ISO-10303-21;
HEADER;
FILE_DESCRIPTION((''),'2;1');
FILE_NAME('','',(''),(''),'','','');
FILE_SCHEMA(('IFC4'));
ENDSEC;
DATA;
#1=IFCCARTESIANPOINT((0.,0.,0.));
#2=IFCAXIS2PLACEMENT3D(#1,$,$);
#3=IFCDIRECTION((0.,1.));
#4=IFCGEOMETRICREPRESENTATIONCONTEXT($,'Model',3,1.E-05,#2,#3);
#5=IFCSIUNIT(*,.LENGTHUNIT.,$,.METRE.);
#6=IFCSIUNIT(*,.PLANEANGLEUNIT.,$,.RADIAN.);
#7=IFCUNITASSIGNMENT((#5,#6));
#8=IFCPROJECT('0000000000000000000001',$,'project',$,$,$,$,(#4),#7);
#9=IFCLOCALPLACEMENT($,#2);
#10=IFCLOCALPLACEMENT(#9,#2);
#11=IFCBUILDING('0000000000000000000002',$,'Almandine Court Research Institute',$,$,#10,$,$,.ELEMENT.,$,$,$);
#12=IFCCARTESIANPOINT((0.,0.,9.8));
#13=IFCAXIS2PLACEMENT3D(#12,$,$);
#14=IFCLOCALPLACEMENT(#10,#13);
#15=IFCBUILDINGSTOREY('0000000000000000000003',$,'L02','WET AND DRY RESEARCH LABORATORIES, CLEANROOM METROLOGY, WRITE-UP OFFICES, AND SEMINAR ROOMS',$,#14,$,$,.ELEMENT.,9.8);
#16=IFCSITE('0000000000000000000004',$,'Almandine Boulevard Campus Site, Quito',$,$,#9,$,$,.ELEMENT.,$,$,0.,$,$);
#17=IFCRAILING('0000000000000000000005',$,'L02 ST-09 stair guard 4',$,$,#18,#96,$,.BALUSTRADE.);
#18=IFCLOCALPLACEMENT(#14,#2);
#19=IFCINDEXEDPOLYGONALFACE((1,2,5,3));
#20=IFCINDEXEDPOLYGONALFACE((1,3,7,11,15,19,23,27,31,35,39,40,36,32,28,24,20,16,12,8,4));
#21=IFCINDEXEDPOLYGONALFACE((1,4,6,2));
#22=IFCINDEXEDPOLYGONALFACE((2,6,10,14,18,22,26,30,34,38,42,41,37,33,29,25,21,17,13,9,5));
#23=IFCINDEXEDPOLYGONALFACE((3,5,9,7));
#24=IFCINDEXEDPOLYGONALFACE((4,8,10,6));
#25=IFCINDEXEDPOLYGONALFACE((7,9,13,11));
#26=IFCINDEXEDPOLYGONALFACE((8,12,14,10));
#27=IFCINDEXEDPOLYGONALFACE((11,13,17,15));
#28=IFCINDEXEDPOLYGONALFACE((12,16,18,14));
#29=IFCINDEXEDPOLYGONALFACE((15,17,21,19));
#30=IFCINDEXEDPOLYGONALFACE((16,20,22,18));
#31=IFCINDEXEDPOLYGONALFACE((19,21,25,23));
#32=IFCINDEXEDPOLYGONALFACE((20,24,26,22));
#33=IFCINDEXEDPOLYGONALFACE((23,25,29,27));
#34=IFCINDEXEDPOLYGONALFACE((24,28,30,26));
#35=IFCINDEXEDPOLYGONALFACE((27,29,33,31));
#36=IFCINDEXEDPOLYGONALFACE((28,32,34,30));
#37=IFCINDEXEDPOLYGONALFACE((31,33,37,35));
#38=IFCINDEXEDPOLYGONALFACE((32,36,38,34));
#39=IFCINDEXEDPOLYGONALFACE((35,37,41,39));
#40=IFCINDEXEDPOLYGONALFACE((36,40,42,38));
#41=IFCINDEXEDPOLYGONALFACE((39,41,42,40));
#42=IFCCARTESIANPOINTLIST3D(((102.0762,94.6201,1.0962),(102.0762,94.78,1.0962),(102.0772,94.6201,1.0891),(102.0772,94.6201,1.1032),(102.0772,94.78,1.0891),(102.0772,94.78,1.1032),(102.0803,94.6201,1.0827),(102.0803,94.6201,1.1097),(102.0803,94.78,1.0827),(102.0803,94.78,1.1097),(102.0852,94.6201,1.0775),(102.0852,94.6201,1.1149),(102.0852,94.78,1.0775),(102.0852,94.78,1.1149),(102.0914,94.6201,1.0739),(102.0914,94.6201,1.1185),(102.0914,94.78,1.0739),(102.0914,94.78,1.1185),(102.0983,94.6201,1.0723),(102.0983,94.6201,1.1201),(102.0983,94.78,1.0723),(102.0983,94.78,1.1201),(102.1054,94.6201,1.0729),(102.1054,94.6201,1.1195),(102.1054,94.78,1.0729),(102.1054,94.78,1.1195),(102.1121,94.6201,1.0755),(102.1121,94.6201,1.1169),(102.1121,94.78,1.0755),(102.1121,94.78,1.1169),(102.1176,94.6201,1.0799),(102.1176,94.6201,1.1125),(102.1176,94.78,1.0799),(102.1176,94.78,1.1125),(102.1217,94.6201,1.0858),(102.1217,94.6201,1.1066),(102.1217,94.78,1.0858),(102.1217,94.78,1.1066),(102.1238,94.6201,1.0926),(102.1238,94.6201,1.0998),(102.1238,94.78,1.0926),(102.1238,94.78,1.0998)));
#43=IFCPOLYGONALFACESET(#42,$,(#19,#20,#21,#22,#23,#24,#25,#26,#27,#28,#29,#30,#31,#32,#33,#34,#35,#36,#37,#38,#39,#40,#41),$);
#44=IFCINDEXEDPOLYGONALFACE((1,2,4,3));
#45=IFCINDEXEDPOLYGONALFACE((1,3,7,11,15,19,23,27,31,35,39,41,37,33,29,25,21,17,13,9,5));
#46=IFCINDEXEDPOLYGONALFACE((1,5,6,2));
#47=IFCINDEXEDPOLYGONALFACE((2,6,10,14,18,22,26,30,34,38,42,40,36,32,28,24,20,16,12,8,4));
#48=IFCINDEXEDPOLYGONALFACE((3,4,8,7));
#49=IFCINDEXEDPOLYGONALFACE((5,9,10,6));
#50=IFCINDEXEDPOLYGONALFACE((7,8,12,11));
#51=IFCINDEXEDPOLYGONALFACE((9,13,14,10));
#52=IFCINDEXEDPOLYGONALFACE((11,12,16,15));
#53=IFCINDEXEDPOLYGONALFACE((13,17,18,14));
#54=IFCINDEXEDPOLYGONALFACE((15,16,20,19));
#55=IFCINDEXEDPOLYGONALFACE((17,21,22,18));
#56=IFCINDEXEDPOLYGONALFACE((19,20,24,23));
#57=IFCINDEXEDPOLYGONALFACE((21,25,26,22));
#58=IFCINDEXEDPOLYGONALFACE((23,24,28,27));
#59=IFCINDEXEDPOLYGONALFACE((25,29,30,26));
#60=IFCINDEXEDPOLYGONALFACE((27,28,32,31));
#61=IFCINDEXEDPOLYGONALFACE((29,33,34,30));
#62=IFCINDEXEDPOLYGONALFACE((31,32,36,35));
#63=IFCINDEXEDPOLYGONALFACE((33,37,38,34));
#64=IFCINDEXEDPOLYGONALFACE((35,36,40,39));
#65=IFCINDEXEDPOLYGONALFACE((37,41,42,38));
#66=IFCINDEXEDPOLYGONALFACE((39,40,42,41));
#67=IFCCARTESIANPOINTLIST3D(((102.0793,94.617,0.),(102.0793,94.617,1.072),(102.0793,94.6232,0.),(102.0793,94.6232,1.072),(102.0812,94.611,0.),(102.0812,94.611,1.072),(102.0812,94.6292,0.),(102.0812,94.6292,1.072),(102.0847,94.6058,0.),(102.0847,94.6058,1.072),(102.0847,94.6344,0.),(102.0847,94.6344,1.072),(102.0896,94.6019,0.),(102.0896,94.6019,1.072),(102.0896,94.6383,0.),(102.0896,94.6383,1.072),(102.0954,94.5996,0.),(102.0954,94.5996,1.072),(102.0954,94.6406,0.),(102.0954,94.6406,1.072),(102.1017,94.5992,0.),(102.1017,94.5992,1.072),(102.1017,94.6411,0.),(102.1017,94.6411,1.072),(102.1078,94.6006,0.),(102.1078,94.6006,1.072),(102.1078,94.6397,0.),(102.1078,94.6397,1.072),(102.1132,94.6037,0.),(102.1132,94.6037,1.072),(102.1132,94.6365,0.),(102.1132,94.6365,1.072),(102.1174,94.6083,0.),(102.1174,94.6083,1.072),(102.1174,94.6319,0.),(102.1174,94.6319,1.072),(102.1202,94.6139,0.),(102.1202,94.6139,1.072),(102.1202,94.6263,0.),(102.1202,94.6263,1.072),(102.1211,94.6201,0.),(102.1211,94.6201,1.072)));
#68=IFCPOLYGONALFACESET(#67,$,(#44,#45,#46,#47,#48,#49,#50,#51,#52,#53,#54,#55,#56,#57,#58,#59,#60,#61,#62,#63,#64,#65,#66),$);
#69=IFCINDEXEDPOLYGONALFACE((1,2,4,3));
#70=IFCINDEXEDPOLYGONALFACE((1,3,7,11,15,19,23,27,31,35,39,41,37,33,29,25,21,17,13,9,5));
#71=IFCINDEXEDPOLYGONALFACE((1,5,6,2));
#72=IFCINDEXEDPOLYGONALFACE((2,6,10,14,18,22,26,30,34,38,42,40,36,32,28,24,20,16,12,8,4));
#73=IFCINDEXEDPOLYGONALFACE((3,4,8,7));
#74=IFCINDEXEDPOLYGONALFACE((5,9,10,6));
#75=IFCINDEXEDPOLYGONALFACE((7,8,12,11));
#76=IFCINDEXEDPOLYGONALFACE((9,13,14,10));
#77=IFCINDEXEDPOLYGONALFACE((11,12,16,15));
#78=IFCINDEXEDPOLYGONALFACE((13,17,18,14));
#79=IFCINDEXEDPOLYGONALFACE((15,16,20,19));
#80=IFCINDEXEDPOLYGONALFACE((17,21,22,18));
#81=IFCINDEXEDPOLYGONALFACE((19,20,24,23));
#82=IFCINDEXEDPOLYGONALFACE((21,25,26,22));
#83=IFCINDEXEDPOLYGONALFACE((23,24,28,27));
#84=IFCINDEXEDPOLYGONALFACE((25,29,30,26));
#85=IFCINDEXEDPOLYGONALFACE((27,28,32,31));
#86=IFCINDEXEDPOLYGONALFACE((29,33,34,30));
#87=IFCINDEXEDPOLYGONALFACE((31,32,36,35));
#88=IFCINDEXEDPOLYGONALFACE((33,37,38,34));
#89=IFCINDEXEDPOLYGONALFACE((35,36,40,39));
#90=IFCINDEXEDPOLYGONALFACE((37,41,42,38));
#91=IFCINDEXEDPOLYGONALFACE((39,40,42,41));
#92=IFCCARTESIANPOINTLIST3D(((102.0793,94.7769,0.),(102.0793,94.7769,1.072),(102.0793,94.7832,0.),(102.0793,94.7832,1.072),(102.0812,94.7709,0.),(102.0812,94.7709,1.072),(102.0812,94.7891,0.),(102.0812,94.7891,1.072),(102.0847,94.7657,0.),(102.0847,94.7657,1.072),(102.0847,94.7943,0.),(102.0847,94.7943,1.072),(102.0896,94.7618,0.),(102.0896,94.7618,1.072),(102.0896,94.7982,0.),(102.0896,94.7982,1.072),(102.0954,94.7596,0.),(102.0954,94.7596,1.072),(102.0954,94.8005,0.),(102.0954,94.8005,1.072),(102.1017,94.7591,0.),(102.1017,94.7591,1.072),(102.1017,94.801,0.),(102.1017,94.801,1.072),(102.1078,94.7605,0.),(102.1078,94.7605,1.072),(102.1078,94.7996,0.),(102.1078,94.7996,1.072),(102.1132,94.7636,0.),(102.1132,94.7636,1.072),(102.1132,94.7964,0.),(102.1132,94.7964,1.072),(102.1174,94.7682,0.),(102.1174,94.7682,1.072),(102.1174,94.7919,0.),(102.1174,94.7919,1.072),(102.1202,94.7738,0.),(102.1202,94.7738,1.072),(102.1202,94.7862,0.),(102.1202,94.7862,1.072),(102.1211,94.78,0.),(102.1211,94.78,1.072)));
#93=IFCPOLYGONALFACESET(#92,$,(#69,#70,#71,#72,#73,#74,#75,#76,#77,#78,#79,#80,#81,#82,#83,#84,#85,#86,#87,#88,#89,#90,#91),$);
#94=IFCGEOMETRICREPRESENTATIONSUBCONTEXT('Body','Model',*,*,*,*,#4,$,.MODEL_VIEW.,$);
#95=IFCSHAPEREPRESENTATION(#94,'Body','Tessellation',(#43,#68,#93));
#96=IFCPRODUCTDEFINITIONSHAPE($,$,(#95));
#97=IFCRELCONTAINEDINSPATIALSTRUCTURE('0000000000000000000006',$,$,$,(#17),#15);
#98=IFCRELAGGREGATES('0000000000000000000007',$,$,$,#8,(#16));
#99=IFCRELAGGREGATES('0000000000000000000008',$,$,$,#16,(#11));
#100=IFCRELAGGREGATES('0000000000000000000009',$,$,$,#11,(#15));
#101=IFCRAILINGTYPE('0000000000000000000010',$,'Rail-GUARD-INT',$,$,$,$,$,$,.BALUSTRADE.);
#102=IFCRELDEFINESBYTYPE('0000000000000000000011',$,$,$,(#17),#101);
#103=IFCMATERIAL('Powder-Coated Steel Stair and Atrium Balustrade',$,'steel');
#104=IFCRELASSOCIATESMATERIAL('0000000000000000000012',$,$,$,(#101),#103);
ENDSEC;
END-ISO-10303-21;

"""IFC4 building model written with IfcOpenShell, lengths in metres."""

from ifc_helpers import new_model, si_unit, direction, frame, origin, origin_2d, place, context, subcontext, project, spatial, circle, extrude, material, type_object, element, save


model = new_model("IFC4")

# Units and contexts
model_context = context("Model", 3, precision=1e-05, world=origin(), true_north=direction((0.0, 1.0)))
body_context = subcontext(model_context, "Body", "Model", "MODEL_VIEW")
ifc_project = project(units=[si_unit("LENGTHUNIT", "METRE"), si_unit("PLANEANGLEUNIT", "RADIAN")], contexts=[model_context])

# Site, building, storey
site_placement = place(None, origin())
site = spatial("IfcSite", under=ifc_project, at=site_placement, Name="Almandine Boulevard Campus Site, Quito", CompositionType="ELEMENT", RefElevation=0.0)
building_placement = place(site_placement, origin())
building = spatial("IfcBuilding", under=site, at=building_placement, Name="Almandine Court Research Institute", CompositionType="ELEMENT")
storey_placement = place(building_placement, frame((0.0, 0.0, 9.8)))
storey = spatial("IfcBuildingStorey", under=building, at=storey_placement, Name="L02", Description="WET AND DRY RESEARCH LABORATORIES, CLEANROOM METROLOGY, WRITE-UP OFFICES, AND SEMINAR ROOMS", CompositionType="ELEMENT", Elevation=9.8)

# Railing
ifc_material_1 = material(Name="Powder-Coated Steel Stair and Atrium Balustrade", Category="steel")
railing_type_1 = type_object("IfcRailingType", Name="Rail-GUARD-INT", PredefinedType="BALUSTRADE", material=ifc_material_1)
railing_1_placement = place(storey_placement, frame((102.1001, 94.6201, 0.0)))
element("IfcRailing", 1, at=railing_1_placement, inside=storey, type_object=railing_type_1, Name="L02 ST-09 stair guard 4", PredefinedType="BALUSTRADE", context=body_context, shape_type="SweptSolid", body=[
    extrude(circle(Radius=0.0239, at=origin_2d()), frame((0.0, 0.0, 1.0962), z_axis=(0.0, 1.0, 0.0), x_axis=(-1.0, 0.0, 0.0)), (0.0, 0.0, 1.0), 0.1599),
    extrude(circle(Radius=0.021, at=origin_2d()), origin(), (0.0, 0.0, 1.0), 1.072),
    extrude(circle(Radius=0.021, at=origin_2d()), frame((0.0, 0.1599, 0.0)), (0.0, 0.0, 1.0), 1.072),
])

save(model, "model.ifc")
